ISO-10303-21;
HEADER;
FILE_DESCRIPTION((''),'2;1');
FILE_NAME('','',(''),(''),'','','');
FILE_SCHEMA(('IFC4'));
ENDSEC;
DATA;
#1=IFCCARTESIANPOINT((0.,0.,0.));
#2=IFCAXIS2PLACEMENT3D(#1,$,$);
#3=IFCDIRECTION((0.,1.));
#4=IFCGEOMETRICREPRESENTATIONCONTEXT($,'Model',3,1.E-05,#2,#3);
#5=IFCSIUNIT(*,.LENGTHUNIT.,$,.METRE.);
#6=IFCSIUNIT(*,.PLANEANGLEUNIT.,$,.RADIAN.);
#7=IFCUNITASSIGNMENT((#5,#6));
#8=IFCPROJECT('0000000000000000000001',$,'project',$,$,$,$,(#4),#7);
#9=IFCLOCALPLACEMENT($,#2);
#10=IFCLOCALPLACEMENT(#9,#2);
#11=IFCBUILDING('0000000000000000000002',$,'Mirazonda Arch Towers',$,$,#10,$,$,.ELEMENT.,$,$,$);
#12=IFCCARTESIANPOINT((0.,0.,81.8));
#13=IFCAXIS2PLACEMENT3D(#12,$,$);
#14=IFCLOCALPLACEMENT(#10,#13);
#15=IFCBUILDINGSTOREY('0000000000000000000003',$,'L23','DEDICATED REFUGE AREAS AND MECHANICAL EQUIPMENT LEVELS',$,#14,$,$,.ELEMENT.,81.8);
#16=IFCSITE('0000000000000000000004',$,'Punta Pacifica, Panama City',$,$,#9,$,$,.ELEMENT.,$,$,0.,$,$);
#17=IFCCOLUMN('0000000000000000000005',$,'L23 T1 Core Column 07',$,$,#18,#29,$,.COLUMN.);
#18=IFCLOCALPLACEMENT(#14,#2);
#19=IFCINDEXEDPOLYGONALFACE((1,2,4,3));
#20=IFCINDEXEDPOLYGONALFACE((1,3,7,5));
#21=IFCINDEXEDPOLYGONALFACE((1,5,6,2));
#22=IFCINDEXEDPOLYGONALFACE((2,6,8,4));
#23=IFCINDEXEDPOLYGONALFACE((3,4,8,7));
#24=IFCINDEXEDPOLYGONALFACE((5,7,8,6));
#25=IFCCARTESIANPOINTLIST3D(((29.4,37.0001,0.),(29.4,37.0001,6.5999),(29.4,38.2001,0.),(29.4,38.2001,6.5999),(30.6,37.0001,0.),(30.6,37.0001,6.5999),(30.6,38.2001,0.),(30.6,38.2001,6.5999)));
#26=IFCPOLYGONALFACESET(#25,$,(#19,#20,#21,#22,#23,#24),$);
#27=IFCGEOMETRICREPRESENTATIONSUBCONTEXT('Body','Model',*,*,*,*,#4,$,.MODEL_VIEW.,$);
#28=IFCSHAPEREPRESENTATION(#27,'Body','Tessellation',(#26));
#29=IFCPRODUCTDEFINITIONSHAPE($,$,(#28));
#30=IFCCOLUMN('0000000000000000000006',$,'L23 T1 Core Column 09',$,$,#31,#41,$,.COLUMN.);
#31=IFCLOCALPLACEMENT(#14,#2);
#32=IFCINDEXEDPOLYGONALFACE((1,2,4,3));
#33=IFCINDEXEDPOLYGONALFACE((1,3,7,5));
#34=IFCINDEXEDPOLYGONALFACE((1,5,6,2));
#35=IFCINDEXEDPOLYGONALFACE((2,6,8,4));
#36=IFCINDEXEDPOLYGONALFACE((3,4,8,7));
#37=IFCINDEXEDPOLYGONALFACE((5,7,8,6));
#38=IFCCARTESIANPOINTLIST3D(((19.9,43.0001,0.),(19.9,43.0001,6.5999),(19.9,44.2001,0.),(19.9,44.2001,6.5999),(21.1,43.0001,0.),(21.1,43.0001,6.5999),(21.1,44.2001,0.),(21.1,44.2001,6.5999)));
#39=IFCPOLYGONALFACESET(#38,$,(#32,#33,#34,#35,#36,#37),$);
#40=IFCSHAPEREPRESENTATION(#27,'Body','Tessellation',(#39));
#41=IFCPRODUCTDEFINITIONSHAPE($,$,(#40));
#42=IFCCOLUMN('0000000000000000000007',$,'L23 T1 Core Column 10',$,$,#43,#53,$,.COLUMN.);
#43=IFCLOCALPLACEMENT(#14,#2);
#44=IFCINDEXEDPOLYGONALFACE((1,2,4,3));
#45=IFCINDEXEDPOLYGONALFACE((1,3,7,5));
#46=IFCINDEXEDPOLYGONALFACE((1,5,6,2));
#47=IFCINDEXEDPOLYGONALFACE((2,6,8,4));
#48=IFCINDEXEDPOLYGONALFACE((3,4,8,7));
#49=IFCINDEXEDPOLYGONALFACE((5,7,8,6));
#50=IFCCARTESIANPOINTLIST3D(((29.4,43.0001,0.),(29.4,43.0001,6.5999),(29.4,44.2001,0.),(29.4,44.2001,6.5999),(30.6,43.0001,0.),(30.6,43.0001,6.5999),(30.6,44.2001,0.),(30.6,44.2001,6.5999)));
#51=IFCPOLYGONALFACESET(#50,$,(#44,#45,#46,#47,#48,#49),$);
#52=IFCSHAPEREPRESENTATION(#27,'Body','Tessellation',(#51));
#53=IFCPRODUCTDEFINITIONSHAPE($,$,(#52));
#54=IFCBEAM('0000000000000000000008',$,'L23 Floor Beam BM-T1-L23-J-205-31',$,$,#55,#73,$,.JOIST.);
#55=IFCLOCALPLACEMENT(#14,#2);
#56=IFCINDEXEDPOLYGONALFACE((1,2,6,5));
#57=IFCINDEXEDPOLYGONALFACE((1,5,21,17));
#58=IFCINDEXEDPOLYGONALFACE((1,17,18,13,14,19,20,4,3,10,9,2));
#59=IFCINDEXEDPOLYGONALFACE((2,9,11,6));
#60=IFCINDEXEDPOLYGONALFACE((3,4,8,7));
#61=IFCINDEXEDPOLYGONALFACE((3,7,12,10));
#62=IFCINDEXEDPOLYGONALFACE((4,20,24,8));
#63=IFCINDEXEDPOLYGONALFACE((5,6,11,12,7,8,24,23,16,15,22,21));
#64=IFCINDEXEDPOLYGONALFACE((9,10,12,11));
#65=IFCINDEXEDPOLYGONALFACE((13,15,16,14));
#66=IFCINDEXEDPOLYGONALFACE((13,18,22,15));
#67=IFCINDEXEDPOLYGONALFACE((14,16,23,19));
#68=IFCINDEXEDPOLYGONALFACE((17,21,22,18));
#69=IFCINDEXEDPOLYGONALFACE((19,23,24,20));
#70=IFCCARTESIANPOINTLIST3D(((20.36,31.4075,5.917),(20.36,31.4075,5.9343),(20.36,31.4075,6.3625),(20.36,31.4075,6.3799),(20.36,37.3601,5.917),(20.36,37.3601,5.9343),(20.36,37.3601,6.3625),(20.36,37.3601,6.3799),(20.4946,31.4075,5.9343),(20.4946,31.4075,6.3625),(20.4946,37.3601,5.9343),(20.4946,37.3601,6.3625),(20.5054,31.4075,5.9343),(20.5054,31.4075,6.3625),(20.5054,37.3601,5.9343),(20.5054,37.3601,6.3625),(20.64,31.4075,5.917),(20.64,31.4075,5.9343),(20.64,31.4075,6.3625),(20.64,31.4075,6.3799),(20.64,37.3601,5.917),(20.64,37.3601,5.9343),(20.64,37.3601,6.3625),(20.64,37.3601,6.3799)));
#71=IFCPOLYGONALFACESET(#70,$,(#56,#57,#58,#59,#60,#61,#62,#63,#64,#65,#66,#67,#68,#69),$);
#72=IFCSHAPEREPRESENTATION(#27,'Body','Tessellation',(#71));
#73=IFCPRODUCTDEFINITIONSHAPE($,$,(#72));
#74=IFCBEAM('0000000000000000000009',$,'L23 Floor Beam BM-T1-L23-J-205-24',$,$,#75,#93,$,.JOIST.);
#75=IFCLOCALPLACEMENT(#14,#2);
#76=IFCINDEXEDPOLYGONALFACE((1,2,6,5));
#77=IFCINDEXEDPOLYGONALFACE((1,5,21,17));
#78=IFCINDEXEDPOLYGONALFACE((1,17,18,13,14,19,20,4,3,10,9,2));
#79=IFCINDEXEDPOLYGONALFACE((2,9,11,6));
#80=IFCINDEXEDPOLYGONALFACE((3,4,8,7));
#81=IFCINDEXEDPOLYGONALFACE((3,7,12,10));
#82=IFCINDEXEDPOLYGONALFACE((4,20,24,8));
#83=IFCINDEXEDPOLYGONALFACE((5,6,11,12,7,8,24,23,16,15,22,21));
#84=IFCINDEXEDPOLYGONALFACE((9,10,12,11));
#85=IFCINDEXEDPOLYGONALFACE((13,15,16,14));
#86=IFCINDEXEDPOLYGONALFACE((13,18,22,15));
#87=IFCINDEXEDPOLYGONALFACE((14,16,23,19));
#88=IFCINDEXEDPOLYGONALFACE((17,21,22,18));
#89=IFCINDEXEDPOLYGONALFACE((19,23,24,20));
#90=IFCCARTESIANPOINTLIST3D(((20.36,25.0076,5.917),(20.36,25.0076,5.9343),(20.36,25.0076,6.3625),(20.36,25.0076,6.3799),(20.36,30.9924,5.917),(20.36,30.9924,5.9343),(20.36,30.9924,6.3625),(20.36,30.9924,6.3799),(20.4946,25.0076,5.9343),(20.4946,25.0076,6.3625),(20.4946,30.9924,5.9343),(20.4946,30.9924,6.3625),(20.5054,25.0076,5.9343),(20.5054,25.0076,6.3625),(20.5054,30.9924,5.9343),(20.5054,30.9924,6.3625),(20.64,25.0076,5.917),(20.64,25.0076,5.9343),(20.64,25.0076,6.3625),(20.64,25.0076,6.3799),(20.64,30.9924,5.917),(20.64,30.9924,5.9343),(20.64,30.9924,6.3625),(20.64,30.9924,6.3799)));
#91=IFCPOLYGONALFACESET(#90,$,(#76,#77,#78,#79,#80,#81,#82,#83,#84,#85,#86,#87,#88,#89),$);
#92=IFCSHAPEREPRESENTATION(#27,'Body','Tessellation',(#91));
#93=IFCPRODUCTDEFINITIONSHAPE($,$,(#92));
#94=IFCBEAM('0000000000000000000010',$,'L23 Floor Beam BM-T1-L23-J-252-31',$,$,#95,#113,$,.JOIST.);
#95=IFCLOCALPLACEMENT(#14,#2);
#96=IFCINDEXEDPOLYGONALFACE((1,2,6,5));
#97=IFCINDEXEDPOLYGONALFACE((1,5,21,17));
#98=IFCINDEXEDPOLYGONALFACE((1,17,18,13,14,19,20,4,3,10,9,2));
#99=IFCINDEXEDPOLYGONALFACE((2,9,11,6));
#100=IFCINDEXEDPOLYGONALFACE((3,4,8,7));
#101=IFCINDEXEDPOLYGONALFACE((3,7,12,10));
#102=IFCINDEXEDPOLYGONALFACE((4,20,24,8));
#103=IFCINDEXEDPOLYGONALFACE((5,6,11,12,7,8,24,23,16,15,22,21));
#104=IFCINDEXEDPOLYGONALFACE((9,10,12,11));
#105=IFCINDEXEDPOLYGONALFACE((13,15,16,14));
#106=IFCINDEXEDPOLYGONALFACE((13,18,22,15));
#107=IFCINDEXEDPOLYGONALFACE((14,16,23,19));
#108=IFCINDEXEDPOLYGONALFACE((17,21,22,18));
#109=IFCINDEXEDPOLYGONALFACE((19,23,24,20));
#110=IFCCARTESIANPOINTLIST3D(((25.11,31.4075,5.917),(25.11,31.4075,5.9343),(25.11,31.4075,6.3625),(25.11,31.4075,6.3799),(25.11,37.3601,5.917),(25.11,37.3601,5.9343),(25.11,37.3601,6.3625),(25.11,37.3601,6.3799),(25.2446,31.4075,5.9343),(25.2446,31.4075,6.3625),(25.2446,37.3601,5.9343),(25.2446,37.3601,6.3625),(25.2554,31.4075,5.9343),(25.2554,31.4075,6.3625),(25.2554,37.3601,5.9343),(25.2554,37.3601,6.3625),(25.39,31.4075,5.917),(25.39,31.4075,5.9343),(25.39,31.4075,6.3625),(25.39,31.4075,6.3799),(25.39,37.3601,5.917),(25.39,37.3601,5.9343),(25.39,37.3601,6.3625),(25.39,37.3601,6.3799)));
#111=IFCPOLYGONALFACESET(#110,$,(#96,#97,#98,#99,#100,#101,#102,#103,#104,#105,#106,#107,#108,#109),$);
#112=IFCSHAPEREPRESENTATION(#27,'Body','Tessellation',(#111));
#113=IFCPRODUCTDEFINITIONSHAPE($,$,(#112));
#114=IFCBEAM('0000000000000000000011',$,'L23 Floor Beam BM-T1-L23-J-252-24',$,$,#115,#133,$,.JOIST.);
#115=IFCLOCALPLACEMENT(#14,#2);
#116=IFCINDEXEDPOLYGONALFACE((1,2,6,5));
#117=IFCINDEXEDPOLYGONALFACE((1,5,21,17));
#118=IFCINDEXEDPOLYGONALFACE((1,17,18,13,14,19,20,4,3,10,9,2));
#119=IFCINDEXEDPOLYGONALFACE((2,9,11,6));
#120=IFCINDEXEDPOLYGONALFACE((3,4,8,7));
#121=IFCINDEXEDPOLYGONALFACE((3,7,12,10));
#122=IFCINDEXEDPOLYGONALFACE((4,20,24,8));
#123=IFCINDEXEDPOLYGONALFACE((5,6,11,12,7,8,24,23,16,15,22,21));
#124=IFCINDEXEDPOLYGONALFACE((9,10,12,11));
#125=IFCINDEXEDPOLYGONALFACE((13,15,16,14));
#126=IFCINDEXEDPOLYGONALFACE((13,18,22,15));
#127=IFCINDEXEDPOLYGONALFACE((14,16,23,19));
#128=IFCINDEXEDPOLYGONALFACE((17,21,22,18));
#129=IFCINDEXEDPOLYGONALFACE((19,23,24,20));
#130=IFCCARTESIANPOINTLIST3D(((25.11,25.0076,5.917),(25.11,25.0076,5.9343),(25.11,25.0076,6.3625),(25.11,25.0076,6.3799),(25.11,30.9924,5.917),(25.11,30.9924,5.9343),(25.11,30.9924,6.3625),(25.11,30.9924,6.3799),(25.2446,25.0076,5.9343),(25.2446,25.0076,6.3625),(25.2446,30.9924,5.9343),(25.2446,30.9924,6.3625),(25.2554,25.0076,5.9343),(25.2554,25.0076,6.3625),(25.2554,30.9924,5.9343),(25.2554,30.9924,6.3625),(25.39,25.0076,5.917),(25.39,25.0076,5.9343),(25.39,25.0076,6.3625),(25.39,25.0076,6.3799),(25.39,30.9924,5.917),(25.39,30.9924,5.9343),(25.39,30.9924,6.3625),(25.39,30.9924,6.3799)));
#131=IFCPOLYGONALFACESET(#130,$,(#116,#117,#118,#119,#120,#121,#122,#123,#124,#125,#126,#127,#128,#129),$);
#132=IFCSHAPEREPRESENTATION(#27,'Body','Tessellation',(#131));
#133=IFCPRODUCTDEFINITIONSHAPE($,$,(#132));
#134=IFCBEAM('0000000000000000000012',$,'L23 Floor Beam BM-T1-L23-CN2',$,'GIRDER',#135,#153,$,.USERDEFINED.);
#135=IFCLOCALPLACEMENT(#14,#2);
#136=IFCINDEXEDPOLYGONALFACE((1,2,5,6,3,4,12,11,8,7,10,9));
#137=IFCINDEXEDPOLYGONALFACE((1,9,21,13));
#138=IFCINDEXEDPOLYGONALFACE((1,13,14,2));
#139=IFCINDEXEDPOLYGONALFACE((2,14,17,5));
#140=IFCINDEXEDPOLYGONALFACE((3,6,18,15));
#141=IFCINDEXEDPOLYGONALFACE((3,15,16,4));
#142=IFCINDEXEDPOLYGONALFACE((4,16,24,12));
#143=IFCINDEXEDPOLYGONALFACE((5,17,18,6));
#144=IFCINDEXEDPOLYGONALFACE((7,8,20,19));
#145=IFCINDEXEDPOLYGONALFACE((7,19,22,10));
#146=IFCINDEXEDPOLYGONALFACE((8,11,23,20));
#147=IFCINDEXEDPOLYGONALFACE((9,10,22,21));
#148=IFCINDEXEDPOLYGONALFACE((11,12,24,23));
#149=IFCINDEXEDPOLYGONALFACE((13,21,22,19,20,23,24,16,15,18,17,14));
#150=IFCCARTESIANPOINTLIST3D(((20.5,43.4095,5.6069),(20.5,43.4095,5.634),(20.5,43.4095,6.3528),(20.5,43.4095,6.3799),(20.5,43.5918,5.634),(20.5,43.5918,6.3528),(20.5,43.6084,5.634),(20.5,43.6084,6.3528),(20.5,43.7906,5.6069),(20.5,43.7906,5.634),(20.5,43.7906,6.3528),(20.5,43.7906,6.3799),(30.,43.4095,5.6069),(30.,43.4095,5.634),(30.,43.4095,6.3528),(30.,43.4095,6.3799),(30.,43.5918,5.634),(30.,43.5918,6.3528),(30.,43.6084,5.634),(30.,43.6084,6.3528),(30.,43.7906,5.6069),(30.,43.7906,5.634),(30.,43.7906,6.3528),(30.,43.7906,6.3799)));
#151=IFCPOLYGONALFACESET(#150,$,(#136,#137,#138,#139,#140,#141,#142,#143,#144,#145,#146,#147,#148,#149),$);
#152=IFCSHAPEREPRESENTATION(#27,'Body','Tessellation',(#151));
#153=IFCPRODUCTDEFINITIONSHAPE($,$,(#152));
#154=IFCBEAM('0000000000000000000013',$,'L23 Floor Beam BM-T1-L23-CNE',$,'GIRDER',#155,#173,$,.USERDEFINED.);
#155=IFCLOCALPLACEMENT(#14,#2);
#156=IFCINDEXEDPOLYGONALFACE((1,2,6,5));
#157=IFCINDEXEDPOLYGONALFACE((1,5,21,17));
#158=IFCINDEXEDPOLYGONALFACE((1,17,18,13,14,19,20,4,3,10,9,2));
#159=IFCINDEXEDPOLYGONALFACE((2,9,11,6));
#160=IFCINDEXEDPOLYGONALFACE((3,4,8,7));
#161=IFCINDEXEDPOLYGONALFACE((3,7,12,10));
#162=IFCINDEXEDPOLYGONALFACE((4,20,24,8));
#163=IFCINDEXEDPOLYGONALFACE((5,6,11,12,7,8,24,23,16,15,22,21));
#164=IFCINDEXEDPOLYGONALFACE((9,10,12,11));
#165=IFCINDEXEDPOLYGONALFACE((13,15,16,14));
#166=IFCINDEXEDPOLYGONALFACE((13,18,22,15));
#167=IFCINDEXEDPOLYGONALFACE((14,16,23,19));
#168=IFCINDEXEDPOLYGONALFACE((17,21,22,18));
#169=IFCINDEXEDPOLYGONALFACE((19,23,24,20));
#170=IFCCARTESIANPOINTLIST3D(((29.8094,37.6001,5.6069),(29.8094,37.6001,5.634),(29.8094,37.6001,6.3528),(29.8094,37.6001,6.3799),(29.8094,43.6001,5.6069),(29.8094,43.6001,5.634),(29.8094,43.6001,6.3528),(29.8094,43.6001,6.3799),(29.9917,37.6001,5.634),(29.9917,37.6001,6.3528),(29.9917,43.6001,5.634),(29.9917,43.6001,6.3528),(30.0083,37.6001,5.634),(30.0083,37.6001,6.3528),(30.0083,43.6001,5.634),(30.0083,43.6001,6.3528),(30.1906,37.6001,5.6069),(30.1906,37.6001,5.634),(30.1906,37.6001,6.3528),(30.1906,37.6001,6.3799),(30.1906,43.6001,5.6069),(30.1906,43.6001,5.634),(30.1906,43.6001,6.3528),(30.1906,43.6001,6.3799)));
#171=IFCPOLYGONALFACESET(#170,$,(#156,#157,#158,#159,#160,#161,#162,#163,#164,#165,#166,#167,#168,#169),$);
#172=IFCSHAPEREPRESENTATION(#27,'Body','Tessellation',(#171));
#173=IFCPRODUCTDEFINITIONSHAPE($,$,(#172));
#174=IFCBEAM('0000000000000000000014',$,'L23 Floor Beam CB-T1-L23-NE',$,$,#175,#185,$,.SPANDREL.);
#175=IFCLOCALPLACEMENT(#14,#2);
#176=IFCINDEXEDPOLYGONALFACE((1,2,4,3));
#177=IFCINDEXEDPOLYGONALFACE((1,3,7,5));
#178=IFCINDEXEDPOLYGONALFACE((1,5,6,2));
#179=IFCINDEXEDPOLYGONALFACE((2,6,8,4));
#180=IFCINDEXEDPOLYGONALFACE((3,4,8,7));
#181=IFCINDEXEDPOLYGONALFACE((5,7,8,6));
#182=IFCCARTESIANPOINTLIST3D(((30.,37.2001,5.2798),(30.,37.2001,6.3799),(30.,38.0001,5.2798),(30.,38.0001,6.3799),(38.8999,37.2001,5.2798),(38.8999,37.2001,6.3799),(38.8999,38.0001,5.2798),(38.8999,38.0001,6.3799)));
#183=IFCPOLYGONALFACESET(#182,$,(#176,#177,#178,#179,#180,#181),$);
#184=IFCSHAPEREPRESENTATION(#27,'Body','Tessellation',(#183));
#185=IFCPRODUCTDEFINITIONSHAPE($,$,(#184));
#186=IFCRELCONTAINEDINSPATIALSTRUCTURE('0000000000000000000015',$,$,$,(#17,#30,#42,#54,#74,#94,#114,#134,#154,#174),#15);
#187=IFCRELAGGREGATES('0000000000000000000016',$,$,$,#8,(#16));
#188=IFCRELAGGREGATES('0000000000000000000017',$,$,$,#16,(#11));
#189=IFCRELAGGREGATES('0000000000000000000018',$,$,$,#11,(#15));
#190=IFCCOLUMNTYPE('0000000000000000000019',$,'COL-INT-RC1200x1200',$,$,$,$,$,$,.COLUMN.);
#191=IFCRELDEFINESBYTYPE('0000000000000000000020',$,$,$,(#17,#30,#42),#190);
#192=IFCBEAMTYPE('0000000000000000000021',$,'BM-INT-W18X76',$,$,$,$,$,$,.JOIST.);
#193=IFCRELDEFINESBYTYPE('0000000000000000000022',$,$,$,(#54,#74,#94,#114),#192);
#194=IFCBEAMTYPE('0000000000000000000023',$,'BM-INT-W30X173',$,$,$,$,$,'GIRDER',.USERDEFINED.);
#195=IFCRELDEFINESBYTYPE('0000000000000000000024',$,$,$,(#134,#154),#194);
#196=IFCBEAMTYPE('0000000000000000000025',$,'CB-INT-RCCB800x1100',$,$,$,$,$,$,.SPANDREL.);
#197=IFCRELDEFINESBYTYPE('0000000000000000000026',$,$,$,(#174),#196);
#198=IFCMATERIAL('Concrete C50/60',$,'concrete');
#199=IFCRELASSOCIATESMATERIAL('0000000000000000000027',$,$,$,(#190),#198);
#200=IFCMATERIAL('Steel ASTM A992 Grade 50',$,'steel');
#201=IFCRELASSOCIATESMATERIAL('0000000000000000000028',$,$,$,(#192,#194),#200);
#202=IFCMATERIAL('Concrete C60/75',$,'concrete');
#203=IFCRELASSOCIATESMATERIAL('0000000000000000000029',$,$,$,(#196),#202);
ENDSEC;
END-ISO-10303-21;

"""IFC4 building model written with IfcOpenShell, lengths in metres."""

from ifc_helpers import new_model, si_unit, direction, frame, origin, origin_2d, place, context, subcontext, project, spatial, rectangle, i_section, extrude, material, material_profile, profile_set, type_object, element, save


model = new_model("IFC4")

# Units and contexts
model_context = context("Model", 3, precision=1e-05, world=origin(), true_north=direction((0.0, 1.0)))
body_context = subcontext(model_context, "Body", "Model", "MODEL_VIEW")
ifc_project = project(units=[si_unit("LENGTHUNIT", "METRE"), si_unit("PLANEANGLEUNIT", "RADIAN")], contexts=[model_context])

# Site, building, storey
site_placement = place(None, origin())
site = spatial("IfcSite", under=ifc_project, at=site_placement, Name="Punta Pacifica, Panama City", CompositionType="ELEMENT", RefElevation=0.0)
building_placement = place(site_placement, origin())
building = spatial("IfcBuilding", under=site, at=building_placement, Name="Mirazonda Arch Towers", CompositionType="ELEMENT")
storey_placement = place(building_placement, frame((0.0, 0.0, 81.8)))
storey = spatial("IfcBuildingStorey", under=building, at=storey_placement, Name="L23", Description="DEDICATED REFUGE AREAS AND MECHANICAL EQUIPMENT LEVELS", CompositionType="ELEMENT", Elevation=81.8)

# Columns
ifc_material_1 = material(Name="Concrete C50/60", Category="concrete")
ifc_material_profile_1 = material_profile(ifc_material_1, rectangle(XDim=1.2, YDim=1.2, at=origin_2d()), Name="RC1200x1200")
ifc_profile_set_1 = profile_set([ifc_material_profile_1], Name="Concrete C50/60")
column_type = type_object("IfcColumnType", Name="COL-INT-RC1200x1200", PredefinedType="COLUMN", material=ifc_profile_set_1)
for number, where, z_axis, x_axis, name in (
    (1, (30.0, 37.6001, 0.0), (0.0, 0.0, 1.0), (1.0, 0.0, 0.0), "L23 T1 Core Column 07"),
    (2, (20.5, 43.6001, 0.0), (0.0, 0.0, 1.0), (1.0, 0.0, 0.0), "L23 T1 Core Column 09"),
    (3, (30.0, 43.6001, 0.0), (0.0, 0.0, 1.0), (1.0, 0.0, 0.0), "L23 T1 Core Column 10"),
):
    element("IfcColumn", number, at=place(storey_placement, frame(where, z_axis=z_axis, x_axis=x_axis)), inside=storey, type_object=column_type, Name=name, PredefinedType="COLUMN", context=body_context, shape_type="SweptSolid", body=[
        extrude(rectangle(XDim=1.2, YDim=1.2, at=origin_2d()), origin(), (0.0, 0.0, 1.0), 6.5999),
    ])

# Beams
ifc_material_2 = material(Name="Steel ASTM A992 Grade 50", Category="steel")
ifc_material_profile_2 = material_profile(ifc_material_2, i_section(OverallWidth=0.28, OverallDepth=0.4629, WebThickness=0.0107, FlangeThickness=0.0173, at=origin_2d()), Name="W18X76")
ifc_profile_set_2 = profile_set([ifc_material_profile_2], Name="Steel ASTM A992 Grade 50")
beam_type_1 = type_object("IfcBeamType", Name="BM-INT-W18X76", PredefinedType="JOIST", material=ifc_profile_set_2)
beam_1_placement = place(storey_placement, frame((20.5, 31.4075, 6.1484), z_axis=(0.0, 1.0, 0.0), x_axis=(-1.0, 0.0, 0.0)))
element("IfcBeam", 4, at=beam_1_placement, inside=storey, type_object=beam_type_1, Name="L23 Floor Beam BM-T1-L23-J-205-31", PredefinedType="JOIST", context=body_context, shape_type="SweptSolid", body=[
    extrude(i_section(OverallWidth=0.28, OverallDepth=0.4629, WebThickness=0.0107, FlangeThickness=0.0173, at=origin_2d()), origin(), (0.0, 0.0, 1.0), 5.9526),
])
beam_2_placement = place(storey_placement, frame((20.5, 25.0076, 6.1484), z_axis=(0.0, 1.0, 0.0), x_axis=(-1.0, 0.0, 0.0)))
element("IfcBeam", 5, at=beam_2_placement, inside=storey, type_object=beam_type_1, Name="L23 Floor Beam BM-T1-L23-J-205-24", PredefinedType="JOIST", context=body_context, shape_type="SweptSolid", body=[
    extrude(i_section(OverallWidth=0.28, OverallDepth=0.4629, WebThickness=0.0107, FlangeThickness=0.0173, at=origin_2d()), origin(), (0.0, 0.0, 1.0), 5.9849),
])
beam_3_placement = place(storey_placement, frame((25.25, 31.4075, 6.1484), z_axis=(0.0, 1.0, 0.0), x_axis=(-1.0, 0.0, 0.0)))
element("IfcBeam", 6, at=beam_3_placement, inside=storey, type_object=beam_type_1, Name="L23 Floor Beam BM-T1-L23-J-252-31", PredefinedType="JOIST", context=body_context, shape_type="SweptSolid", body=[
    extrude(i_section(OverallWidth=0.28, OverallDepth=0.4629, WebThickness=0.0107, FlangeThickness=0.0173, at=origin_2d()), origin(), (0.0, 0.0, 1.0), 5.9526),
])
beam_4_placement = place(storey_placement, frame((25.25, 25.0076, 6.1484), z_axis=(0.0, 1.0, 0.0), x_axis=(-1.0, 0.0, 0.0)))
element("IfcBeam", 7, at=beam_4_placement, inside=storey, type_object=beam_type_1, Name="L23 Floor Beam BM-T1-L23-J-252-24", PredefinedType="JOIST", context=body_context, shape_type="SweptSolid", body=[
    extrude(i_section(OverallWidth=0.28, OverallDepth=0.4629, WebThickness=0.0107, FlangeThickness=0.0173, at=origin_2d()), origin(), (0.0, 0.0, 1.0), 5.9849),
])
ifc_material_profile_3 = material_profile(ifc_material_2, i_section(OverallWidth=0.3811, OverallDepth=0.7729, WebThickness=0.0166, FlangeThickness=0.0271, at=origin_2d()), Name="W30X173")
ifc_profile_set_3 = profile_set([ifc_material_profile_3], Name="Steel ASTM A992 Grade 50")
beam_type_2 = type_object("IfcBeamType", Name="BM-INT-W30X173", ElementType="GIRDER", PredefinedType="USERDEFINED", material=ifc_profile_set_3)
beam_5_placement = place(storey_placement, frame((20.5, 43.6001, 5.9934), z_axis=(1.0, 0.0, 0.0), x_axis=(0.0, 1.0, 0.0)))
element("IfcBeam", 8, at=beam_5_placement, inside=storey, type_object=beam_type_2, Name="L23 Floor Beam BM-T1-L23-CN2", ObjectType="GIRDER", PredefinedType="USERDEFINED", context=body_context, shape_type="SweptSolid", body=[
    extrude(i_section(OverallWidth=0.3811, OverallDepth=0.7729, WebThickness=0.0166, FlangeThickness=0.0271, at=origin_2d()), origin(), (0.0, 0.0, 1.0), 9.5),
])
beam_6_placement = place(storey_placement, frame((30.0, 37.6001, 5.9934), z_axis=(0.0, 1.0, 0.0), x_axis=(-1.0, 0.0, 0.0)))
element("IfcBeam", 9, at=beam_6_placement, inside=storey, type_object=beam_type_2, Name="L23 Floor Beam BM-T1-L23-CNE", ObjectType="GIRDER", PredefinedType="USERDEFINED", context=body_context, shape_type="SweptSolid", body=[
    extrude(i_section(OverallWidth=0.3811, OverallDepth=0.7729, WebThickness=0.0166, FlangeThickness=0.0271, at=origin_2d()), origin(), (0.0, 0.0, 1.0), 6.0),
])
ifc_material_3 = material(Name="Concrete C60/75", Category="concrete")
ifc_material_profile_4 = material_profile(ifc_material_3, rectangle(XDim=0.8, YDim=1.1001, at=origin_2d()), Name="RCCB800x1100")
ifc_profile_set_4 = profile_set([ifc_material_profile_4], Name="Concrete C60/75")
beam_type_3 = type_object("IfcBeamType", Name="CB-INT-RCCB800x1100", PredefinedType="SPANDREL", material=ifc_profile_set_4)
beam_7_placement = place(storey_placement, frame((30.0, 37.6001, 5.8298), z_axis=(1.0, 0.0, 0.0), x_axis=(0.0, 1.0, 0.0)))
element("IfcBeam", 10, at=beam_7_placement, inside=storey, type_object=beam_type_3, Name="L23 Floor Beam CB-T1-L23-NE", PredefinedType="SPANDREL", context=body_context, shape_type="SweptSolid", body=[
    extrude(rectangle(XDim=0.8, YDim=1.1001, at=origin_2d()), origin(), (0.0, 0.0, 1.0), 8.8999),
])

save(model, "model.ifc")
